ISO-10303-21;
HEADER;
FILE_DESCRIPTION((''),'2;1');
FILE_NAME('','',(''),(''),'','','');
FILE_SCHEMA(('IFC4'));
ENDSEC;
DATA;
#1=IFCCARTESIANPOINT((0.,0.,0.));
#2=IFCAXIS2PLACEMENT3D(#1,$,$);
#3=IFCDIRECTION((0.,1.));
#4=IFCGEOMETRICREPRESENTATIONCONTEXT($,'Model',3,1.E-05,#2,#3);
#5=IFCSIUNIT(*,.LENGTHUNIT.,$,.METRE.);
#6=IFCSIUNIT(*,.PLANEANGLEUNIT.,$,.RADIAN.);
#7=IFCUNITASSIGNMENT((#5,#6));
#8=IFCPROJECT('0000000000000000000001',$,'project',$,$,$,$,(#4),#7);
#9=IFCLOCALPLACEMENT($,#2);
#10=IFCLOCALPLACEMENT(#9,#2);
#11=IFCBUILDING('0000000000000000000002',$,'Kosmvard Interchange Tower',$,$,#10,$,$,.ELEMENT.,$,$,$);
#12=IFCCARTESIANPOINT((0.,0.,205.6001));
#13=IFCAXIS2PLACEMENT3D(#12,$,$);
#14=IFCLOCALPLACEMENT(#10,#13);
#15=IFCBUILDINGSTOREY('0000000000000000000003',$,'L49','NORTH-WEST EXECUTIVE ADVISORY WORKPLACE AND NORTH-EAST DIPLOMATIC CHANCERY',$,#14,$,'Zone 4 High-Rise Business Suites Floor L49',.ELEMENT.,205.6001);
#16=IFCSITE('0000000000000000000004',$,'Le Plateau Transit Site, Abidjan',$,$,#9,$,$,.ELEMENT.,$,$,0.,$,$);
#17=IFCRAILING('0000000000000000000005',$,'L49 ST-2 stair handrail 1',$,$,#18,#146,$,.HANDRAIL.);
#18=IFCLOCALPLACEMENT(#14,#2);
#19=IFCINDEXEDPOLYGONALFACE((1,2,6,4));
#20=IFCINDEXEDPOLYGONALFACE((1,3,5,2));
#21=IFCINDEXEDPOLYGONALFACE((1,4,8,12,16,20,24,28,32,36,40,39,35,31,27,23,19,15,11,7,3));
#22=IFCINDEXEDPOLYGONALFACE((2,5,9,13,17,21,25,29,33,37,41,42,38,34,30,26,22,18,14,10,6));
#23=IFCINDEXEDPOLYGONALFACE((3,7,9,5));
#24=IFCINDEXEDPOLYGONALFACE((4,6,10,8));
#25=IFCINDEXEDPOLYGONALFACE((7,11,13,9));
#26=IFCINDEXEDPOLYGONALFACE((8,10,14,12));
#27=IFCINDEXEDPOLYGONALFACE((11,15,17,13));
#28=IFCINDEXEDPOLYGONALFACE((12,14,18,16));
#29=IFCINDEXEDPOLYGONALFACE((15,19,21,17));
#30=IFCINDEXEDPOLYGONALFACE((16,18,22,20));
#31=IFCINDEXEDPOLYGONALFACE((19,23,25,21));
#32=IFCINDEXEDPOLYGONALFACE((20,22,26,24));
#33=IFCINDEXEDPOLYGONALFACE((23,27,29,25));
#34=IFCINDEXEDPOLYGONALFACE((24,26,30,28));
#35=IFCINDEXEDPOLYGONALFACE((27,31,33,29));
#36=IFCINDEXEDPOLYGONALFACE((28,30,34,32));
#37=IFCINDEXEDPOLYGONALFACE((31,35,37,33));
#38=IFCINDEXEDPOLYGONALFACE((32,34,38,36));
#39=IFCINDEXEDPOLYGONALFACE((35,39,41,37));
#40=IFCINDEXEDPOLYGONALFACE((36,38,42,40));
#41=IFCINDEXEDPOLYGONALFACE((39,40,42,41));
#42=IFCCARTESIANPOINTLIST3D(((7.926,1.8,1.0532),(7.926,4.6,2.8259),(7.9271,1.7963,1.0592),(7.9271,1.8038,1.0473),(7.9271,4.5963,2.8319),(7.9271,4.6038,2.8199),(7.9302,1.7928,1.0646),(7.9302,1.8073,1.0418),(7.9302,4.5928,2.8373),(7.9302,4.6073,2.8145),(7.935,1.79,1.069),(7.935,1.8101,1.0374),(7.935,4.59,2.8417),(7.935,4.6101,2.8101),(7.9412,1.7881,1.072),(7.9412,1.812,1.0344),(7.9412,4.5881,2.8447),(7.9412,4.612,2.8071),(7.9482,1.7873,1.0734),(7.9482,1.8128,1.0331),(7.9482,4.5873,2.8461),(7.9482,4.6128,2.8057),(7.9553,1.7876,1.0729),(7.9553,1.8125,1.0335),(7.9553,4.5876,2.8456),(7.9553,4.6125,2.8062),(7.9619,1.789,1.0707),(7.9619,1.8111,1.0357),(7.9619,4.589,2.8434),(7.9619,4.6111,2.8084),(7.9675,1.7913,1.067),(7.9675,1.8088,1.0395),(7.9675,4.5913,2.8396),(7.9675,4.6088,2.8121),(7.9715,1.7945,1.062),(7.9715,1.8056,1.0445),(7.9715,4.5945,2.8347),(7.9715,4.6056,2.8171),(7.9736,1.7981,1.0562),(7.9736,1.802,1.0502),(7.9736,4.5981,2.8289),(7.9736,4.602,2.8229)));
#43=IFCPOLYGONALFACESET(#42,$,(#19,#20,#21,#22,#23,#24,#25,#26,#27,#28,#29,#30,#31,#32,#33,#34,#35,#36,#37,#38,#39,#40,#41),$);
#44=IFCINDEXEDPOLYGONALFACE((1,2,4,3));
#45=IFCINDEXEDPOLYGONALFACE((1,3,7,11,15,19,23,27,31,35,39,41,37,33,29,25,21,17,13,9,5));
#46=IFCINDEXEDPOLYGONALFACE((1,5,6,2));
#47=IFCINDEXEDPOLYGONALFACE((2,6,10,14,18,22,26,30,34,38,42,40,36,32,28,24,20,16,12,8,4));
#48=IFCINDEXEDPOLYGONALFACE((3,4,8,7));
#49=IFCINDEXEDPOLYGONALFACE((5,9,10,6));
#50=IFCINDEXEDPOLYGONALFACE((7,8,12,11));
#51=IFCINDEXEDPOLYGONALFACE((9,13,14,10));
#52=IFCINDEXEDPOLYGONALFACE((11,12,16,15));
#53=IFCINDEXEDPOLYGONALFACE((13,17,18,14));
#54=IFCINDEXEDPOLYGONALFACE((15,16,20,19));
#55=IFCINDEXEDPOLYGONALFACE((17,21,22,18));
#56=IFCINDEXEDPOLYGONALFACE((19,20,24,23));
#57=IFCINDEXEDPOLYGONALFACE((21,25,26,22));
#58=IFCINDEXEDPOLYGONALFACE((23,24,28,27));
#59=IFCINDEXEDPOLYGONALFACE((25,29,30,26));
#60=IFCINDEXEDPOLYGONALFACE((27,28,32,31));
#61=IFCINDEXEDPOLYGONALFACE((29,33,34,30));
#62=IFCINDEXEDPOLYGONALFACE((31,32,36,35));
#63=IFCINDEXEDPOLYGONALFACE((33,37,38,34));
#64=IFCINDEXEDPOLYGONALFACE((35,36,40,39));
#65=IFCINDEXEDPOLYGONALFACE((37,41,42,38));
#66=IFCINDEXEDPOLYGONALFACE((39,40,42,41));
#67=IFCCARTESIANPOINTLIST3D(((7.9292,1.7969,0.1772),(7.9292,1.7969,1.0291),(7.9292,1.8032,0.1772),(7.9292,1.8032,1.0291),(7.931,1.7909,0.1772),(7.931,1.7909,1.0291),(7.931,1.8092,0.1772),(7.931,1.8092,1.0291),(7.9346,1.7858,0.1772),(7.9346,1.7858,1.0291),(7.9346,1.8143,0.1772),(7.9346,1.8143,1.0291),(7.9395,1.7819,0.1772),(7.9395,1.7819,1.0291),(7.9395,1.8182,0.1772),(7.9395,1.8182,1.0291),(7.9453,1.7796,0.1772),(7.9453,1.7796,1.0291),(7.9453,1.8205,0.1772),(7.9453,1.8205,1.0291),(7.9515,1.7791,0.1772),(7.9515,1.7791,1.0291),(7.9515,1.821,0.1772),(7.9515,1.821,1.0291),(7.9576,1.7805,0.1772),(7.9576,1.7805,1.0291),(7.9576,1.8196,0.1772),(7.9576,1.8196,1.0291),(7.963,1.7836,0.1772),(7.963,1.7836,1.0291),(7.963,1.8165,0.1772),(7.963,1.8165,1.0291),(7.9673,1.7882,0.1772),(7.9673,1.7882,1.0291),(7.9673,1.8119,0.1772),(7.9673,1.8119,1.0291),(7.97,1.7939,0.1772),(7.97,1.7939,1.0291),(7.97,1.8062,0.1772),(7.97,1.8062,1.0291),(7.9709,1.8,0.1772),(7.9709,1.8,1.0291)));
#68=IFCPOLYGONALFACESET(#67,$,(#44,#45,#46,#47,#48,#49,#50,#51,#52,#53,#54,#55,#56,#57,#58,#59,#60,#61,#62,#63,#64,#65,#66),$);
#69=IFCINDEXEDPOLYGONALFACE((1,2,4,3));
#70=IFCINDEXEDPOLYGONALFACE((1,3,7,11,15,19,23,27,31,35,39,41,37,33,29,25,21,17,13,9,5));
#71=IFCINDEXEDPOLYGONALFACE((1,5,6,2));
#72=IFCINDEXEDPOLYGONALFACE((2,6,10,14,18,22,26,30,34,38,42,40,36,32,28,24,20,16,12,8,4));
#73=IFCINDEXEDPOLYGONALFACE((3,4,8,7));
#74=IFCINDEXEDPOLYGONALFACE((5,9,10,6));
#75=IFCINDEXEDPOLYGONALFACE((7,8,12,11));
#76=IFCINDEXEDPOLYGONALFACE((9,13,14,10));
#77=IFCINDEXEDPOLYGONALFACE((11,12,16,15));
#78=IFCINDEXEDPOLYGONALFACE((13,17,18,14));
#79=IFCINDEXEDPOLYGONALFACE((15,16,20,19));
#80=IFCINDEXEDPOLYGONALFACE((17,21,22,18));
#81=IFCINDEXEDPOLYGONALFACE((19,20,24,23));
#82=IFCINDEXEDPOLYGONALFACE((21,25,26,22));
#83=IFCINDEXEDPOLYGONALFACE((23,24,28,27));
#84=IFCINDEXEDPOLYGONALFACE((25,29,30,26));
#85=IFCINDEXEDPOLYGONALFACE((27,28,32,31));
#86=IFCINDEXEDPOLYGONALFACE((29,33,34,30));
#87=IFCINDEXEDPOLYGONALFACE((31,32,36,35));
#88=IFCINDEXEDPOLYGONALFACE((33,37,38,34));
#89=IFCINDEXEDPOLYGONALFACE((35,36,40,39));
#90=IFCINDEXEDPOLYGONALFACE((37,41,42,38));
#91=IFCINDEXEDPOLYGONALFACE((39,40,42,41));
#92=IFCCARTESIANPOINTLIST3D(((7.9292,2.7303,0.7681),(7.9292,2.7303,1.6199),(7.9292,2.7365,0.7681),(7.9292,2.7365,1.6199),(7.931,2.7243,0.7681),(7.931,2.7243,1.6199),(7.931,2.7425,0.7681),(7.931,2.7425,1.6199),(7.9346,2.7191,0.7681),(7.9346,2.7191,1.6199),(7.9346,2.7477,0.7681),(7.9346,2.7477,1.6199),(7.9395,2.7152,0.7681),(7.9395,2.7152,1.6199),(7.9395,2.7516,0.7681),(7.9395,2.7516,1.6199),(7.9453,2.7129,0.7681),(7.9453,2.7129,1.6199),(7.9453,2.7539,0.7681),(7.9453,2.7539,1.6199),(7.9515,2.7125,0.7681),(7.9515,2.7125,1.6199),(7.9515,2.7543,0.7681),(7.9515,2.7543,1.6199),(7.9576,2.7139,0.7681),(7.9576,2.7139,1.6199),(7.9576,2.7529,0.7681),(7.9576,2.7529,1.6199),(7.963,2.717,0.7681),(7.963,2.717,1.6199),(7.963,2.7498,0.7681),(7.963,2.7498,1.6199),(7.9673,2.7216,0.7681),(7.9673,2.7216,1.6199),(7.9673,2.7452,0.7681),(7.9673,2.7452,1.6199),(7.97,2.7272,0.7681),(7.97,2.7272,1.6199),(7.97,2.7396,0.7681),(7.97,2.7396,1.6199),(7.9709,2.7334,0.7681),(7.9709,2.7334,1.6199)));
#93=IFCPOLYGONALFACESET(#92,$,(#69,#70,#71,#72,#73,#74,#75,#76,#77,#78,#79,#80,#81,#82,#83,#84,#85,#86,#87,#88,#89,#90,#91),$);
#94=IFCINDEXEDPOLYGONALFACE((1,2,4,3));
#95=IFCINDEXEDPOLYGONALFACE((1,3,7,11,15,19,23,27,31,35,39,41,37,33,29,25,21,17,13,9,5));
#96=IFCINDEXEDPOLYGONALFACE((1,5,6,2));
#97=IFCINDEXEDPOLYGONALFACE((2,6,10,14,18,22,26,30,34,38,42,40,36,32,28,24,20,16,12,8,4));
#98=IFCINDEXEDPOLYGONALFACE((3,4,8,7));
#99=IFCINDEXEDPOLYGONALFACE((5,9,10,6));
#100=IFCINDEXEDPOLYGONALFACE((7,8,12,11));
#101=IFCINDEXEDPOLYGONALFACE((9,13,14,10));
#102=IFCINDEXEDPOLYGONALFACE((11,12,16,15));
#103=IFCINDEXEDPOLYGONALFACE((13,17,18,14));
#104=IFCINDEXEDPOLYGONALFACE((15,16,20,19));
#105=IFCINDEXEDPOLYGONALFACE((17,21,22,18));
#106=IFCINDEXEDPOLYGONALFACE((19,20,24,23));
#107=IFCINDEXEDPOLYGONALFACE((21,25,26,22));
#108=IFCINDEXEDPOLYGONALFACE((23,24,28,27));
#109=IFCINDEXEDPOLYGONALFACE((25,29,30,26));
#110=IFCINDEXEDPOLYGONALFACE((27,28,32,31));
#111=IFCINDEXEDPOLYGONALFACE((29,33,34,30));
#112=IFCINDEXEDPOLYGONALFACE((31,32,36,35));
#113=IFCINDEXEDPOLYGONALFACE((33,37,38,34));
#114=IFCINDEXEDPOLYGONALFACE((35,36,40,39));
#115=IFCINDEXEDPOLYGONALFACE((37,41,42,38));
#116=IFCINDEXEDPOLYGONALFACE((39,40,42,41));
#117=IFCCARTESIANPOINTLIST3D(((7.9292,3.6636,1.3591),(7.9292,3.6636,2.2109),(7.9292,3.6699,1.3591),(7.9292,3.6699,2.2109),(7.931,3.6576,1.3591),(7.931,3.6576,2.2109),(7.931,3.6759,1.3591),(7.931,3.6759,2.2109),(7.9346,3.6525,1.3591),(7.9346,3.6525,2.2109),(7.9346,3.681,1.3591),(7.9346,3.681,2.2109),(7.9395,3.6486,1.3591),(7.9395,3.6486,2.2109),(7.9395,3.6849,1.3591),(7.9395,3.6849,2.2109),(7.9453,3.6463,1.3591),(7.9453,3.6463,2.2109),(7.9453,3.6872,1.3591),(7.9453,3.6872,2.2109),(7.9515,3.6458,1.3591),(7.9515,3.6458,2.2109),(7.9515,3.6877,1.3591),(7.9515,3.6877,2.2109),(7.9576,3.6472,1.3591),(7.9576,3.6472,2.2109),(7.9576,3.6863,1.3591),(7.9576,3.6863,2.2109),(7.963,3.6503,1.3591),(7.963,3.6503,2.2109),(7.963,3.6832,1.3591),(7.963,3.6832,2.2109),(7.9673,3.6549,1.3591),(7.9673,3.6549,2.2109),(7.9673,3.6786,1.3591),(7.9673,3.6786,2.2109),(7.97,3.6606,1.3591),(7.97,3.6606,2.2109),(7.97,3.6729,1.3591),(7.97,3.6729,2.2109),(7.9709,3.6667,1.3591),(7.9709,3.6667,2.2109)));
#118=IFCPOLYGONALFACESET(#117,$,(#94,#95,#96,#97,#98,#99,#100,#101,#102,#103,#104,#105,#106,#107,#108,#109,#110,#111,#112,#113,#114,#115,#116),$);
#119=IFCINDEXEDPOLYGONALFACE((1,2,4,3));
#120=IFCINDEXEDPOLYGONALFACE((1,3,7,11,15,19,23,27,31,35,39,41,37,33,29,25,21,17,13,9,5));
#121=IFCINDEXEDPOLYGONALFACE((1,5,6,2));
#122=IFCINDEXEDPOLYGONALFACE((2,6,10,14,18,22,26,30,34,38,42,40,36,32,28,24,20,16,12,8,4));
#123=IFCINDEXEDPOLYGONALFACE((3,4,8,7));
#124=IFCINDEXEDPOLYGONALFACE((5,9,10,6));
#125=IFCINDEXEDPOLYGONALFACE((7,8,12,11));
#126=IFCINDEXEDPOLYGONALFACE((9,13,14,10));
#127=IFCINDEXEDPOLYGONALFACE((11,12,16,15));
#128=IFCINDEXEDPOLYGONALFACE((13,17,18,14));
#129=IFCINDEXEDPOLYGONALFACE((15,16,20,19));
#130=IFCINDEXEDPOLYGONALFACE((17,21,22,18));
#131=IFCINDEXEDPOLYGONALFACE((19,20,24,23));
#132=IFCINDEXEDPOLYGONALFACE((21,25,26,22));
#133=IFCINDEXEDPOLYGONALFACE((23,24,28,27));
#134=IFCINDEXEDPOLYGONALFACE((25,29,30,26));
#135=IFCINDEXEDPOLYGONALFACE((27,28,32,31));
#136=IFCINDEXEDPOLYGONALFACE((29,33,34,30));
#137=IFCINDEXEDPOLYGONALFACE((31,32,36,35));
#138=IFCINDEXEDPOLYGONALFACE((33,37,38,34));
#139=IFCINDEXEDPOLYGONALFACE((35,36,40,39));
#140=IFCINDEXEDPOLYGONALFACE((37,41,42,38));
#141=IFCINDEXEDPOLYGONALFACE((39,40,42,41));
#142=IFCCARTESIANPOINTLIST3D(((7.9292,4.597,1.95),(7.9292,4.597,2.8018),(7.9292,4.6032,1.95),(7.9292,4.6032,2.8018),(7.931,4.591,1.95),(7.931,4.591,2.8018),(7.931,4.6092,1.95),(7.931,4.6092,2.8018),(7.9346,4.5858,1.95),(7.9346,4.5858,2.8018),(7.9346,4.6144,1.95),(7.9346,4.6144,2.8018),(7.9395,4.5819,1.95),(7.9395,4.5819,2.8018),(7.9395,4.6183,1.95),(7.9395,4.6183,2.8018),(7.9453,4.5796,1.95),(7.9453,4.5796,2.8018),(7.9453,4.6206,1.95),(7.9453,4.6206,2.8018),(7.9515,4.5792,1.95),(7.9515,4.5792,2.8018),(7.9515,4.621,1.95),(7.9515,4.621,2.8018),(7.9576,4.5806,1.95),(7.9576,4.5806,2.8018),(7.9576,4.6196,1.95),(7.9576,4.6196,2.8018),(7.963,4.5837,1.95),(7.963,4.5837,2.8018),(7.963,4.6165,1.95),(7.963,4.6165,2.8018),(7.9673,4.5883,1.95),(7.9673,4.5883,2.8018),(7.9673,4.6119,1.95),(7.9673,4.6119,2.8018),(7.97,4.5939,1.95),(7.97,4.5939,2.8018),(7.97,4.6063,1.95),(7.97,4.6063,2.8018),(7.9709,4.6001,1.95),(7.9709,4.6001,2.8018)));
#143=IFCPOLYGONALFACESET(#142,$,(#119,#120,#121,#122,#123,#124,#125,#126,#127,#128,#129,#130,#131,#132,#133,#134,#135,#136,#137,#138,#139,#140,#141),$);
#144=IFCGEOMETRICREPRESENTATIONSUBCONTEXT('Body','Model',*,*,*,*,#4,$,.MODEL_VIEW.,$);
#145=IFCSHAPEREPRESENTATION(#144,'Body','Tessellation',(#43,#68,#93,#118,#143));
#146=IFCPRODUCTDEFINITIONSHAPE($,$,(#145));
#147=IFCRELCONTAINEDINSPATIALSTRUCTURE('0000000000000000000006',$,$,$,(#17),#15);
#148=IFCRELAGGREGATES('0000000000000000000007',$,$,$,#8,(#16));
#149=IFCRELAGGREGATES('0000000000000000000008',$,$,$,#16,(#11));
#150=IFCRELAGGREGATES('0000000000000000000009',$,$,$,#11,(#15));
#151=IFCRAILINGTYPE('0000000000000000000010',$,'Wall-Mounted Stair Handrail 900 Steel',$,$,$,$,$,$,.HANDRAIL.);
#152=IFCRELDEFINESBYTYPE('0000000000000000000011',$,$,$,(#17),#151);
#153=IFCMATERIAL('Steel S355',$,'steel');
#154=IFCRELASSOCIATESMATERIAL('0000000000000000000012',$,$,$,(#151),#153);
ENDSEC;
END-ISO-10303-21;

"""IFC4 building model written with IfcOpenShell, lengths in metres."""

from ifc_helpers import new_model, si_unit, direction, frame, origin, origin_2d, place, context, subcontext, project, spatial, circle, extrude, source, transform, mapped, material, type_object, element, save


model = new_model("IFC4")

# Units and contexts
model_context = context("Model", 3, precision=1e-05, world=origin(), true_north=direction((0.0, 1.0)))
body_context = subcontext(model_context, "Body", "Model", "MODEL_VIEW")
ifc_project = project(units=[si_unit("LENGTHUNIT", "METRE"), si_unit("PLANEANGLEUNIT", "RADIAN")], contexts=[model_context])

# Site, building, storey
site_placement = place(None, origin())
site = spatial("IfcSite", under=ifc_project, at=site_placement, Name="Le Plateau Transit Site, Abidjan", CompositionType="ELEMENT", RefElevation=0.0)
building_placement = place(site_placement, origin())
building = spatial("IfcBuilding", under=site, at=building_placement, Name="Kosmvard Interchange Tower", CompositionType="ELEMENT")
storey_placement = place(building_placement, frame((0.0, 0.0, 205.6001)))
storey = spatial("IfcBuildingStorey", under=building, at=storey_placement, Name="L49", Description="NORTH-WEST EXECUTIVE ADVISORY WORKPLACE AND NORTH-EAST DIPLOMATIC CHANCERY", LongName="Zone 4 High-Rise Business Suites Floor L49", CompositionType="ELEMENT", Elevation=205.6001)

# Shared definitions
ifc_material_1 = material(Name="Steel S355", Category="steel")

# Railing
railing_type_1 = type_object("IfcRailingType", Name="Wall-Mounted Stair Handrail 900 Steel", PredefinedType="HANDRAIL", material=ifc_material_1)
shared_shape_1 = source(origin(), body_context, "Body", "SweptSolid", [
    extrude(circle(Radius=0.0239, at=origin_2d()), frame((0.0, 0.0, 0.876), z_axis=(0.0, 0.844909, 0.53491), x_axis=(-1.0, 0.0, 0.0)), (0.0, 0.0, 1.0), 3.314),
    extrude(circle(Radius=0.021, at=origin_2d()), origin(), (0.0, 0.0, 1.0), 0.8518),
    extrude(circle(Radius=0.021, at=origin_2d()), frame((0.0, 0.9333, 0.5908)), (0.0, 0.0, 1.0), 0.8518),
    extrude(circle(Radius=0.021, at=origin_2d()), frame((0.0, 1.8667, 1.1819)), (0.0, 0.0, 1.0), 0.8518),
    extrude(circle(Radius=0.021, at=origin_2d()), frame((0.0, 2.8, 1.7727)), (0.0, 0.0, 1.0), 0.8518),
])
railing_1_placement = place(storey_placement, frame((7.95, 1.8, 0.1772)))
element("IfcRailing", 1, at=railing_1_placement, inside=storey, type_object=railing_type_1, Name="L49 ST-2 stair handrail 1", PredefinedType="HANDRAIL", context=body_context, shape_type="MappedRepresentation", body=[
    mapped(shared_shape_1, transform((0.0, 0.0, 0.0), scale=1.0)),
])

save(model, "model.ifc")
